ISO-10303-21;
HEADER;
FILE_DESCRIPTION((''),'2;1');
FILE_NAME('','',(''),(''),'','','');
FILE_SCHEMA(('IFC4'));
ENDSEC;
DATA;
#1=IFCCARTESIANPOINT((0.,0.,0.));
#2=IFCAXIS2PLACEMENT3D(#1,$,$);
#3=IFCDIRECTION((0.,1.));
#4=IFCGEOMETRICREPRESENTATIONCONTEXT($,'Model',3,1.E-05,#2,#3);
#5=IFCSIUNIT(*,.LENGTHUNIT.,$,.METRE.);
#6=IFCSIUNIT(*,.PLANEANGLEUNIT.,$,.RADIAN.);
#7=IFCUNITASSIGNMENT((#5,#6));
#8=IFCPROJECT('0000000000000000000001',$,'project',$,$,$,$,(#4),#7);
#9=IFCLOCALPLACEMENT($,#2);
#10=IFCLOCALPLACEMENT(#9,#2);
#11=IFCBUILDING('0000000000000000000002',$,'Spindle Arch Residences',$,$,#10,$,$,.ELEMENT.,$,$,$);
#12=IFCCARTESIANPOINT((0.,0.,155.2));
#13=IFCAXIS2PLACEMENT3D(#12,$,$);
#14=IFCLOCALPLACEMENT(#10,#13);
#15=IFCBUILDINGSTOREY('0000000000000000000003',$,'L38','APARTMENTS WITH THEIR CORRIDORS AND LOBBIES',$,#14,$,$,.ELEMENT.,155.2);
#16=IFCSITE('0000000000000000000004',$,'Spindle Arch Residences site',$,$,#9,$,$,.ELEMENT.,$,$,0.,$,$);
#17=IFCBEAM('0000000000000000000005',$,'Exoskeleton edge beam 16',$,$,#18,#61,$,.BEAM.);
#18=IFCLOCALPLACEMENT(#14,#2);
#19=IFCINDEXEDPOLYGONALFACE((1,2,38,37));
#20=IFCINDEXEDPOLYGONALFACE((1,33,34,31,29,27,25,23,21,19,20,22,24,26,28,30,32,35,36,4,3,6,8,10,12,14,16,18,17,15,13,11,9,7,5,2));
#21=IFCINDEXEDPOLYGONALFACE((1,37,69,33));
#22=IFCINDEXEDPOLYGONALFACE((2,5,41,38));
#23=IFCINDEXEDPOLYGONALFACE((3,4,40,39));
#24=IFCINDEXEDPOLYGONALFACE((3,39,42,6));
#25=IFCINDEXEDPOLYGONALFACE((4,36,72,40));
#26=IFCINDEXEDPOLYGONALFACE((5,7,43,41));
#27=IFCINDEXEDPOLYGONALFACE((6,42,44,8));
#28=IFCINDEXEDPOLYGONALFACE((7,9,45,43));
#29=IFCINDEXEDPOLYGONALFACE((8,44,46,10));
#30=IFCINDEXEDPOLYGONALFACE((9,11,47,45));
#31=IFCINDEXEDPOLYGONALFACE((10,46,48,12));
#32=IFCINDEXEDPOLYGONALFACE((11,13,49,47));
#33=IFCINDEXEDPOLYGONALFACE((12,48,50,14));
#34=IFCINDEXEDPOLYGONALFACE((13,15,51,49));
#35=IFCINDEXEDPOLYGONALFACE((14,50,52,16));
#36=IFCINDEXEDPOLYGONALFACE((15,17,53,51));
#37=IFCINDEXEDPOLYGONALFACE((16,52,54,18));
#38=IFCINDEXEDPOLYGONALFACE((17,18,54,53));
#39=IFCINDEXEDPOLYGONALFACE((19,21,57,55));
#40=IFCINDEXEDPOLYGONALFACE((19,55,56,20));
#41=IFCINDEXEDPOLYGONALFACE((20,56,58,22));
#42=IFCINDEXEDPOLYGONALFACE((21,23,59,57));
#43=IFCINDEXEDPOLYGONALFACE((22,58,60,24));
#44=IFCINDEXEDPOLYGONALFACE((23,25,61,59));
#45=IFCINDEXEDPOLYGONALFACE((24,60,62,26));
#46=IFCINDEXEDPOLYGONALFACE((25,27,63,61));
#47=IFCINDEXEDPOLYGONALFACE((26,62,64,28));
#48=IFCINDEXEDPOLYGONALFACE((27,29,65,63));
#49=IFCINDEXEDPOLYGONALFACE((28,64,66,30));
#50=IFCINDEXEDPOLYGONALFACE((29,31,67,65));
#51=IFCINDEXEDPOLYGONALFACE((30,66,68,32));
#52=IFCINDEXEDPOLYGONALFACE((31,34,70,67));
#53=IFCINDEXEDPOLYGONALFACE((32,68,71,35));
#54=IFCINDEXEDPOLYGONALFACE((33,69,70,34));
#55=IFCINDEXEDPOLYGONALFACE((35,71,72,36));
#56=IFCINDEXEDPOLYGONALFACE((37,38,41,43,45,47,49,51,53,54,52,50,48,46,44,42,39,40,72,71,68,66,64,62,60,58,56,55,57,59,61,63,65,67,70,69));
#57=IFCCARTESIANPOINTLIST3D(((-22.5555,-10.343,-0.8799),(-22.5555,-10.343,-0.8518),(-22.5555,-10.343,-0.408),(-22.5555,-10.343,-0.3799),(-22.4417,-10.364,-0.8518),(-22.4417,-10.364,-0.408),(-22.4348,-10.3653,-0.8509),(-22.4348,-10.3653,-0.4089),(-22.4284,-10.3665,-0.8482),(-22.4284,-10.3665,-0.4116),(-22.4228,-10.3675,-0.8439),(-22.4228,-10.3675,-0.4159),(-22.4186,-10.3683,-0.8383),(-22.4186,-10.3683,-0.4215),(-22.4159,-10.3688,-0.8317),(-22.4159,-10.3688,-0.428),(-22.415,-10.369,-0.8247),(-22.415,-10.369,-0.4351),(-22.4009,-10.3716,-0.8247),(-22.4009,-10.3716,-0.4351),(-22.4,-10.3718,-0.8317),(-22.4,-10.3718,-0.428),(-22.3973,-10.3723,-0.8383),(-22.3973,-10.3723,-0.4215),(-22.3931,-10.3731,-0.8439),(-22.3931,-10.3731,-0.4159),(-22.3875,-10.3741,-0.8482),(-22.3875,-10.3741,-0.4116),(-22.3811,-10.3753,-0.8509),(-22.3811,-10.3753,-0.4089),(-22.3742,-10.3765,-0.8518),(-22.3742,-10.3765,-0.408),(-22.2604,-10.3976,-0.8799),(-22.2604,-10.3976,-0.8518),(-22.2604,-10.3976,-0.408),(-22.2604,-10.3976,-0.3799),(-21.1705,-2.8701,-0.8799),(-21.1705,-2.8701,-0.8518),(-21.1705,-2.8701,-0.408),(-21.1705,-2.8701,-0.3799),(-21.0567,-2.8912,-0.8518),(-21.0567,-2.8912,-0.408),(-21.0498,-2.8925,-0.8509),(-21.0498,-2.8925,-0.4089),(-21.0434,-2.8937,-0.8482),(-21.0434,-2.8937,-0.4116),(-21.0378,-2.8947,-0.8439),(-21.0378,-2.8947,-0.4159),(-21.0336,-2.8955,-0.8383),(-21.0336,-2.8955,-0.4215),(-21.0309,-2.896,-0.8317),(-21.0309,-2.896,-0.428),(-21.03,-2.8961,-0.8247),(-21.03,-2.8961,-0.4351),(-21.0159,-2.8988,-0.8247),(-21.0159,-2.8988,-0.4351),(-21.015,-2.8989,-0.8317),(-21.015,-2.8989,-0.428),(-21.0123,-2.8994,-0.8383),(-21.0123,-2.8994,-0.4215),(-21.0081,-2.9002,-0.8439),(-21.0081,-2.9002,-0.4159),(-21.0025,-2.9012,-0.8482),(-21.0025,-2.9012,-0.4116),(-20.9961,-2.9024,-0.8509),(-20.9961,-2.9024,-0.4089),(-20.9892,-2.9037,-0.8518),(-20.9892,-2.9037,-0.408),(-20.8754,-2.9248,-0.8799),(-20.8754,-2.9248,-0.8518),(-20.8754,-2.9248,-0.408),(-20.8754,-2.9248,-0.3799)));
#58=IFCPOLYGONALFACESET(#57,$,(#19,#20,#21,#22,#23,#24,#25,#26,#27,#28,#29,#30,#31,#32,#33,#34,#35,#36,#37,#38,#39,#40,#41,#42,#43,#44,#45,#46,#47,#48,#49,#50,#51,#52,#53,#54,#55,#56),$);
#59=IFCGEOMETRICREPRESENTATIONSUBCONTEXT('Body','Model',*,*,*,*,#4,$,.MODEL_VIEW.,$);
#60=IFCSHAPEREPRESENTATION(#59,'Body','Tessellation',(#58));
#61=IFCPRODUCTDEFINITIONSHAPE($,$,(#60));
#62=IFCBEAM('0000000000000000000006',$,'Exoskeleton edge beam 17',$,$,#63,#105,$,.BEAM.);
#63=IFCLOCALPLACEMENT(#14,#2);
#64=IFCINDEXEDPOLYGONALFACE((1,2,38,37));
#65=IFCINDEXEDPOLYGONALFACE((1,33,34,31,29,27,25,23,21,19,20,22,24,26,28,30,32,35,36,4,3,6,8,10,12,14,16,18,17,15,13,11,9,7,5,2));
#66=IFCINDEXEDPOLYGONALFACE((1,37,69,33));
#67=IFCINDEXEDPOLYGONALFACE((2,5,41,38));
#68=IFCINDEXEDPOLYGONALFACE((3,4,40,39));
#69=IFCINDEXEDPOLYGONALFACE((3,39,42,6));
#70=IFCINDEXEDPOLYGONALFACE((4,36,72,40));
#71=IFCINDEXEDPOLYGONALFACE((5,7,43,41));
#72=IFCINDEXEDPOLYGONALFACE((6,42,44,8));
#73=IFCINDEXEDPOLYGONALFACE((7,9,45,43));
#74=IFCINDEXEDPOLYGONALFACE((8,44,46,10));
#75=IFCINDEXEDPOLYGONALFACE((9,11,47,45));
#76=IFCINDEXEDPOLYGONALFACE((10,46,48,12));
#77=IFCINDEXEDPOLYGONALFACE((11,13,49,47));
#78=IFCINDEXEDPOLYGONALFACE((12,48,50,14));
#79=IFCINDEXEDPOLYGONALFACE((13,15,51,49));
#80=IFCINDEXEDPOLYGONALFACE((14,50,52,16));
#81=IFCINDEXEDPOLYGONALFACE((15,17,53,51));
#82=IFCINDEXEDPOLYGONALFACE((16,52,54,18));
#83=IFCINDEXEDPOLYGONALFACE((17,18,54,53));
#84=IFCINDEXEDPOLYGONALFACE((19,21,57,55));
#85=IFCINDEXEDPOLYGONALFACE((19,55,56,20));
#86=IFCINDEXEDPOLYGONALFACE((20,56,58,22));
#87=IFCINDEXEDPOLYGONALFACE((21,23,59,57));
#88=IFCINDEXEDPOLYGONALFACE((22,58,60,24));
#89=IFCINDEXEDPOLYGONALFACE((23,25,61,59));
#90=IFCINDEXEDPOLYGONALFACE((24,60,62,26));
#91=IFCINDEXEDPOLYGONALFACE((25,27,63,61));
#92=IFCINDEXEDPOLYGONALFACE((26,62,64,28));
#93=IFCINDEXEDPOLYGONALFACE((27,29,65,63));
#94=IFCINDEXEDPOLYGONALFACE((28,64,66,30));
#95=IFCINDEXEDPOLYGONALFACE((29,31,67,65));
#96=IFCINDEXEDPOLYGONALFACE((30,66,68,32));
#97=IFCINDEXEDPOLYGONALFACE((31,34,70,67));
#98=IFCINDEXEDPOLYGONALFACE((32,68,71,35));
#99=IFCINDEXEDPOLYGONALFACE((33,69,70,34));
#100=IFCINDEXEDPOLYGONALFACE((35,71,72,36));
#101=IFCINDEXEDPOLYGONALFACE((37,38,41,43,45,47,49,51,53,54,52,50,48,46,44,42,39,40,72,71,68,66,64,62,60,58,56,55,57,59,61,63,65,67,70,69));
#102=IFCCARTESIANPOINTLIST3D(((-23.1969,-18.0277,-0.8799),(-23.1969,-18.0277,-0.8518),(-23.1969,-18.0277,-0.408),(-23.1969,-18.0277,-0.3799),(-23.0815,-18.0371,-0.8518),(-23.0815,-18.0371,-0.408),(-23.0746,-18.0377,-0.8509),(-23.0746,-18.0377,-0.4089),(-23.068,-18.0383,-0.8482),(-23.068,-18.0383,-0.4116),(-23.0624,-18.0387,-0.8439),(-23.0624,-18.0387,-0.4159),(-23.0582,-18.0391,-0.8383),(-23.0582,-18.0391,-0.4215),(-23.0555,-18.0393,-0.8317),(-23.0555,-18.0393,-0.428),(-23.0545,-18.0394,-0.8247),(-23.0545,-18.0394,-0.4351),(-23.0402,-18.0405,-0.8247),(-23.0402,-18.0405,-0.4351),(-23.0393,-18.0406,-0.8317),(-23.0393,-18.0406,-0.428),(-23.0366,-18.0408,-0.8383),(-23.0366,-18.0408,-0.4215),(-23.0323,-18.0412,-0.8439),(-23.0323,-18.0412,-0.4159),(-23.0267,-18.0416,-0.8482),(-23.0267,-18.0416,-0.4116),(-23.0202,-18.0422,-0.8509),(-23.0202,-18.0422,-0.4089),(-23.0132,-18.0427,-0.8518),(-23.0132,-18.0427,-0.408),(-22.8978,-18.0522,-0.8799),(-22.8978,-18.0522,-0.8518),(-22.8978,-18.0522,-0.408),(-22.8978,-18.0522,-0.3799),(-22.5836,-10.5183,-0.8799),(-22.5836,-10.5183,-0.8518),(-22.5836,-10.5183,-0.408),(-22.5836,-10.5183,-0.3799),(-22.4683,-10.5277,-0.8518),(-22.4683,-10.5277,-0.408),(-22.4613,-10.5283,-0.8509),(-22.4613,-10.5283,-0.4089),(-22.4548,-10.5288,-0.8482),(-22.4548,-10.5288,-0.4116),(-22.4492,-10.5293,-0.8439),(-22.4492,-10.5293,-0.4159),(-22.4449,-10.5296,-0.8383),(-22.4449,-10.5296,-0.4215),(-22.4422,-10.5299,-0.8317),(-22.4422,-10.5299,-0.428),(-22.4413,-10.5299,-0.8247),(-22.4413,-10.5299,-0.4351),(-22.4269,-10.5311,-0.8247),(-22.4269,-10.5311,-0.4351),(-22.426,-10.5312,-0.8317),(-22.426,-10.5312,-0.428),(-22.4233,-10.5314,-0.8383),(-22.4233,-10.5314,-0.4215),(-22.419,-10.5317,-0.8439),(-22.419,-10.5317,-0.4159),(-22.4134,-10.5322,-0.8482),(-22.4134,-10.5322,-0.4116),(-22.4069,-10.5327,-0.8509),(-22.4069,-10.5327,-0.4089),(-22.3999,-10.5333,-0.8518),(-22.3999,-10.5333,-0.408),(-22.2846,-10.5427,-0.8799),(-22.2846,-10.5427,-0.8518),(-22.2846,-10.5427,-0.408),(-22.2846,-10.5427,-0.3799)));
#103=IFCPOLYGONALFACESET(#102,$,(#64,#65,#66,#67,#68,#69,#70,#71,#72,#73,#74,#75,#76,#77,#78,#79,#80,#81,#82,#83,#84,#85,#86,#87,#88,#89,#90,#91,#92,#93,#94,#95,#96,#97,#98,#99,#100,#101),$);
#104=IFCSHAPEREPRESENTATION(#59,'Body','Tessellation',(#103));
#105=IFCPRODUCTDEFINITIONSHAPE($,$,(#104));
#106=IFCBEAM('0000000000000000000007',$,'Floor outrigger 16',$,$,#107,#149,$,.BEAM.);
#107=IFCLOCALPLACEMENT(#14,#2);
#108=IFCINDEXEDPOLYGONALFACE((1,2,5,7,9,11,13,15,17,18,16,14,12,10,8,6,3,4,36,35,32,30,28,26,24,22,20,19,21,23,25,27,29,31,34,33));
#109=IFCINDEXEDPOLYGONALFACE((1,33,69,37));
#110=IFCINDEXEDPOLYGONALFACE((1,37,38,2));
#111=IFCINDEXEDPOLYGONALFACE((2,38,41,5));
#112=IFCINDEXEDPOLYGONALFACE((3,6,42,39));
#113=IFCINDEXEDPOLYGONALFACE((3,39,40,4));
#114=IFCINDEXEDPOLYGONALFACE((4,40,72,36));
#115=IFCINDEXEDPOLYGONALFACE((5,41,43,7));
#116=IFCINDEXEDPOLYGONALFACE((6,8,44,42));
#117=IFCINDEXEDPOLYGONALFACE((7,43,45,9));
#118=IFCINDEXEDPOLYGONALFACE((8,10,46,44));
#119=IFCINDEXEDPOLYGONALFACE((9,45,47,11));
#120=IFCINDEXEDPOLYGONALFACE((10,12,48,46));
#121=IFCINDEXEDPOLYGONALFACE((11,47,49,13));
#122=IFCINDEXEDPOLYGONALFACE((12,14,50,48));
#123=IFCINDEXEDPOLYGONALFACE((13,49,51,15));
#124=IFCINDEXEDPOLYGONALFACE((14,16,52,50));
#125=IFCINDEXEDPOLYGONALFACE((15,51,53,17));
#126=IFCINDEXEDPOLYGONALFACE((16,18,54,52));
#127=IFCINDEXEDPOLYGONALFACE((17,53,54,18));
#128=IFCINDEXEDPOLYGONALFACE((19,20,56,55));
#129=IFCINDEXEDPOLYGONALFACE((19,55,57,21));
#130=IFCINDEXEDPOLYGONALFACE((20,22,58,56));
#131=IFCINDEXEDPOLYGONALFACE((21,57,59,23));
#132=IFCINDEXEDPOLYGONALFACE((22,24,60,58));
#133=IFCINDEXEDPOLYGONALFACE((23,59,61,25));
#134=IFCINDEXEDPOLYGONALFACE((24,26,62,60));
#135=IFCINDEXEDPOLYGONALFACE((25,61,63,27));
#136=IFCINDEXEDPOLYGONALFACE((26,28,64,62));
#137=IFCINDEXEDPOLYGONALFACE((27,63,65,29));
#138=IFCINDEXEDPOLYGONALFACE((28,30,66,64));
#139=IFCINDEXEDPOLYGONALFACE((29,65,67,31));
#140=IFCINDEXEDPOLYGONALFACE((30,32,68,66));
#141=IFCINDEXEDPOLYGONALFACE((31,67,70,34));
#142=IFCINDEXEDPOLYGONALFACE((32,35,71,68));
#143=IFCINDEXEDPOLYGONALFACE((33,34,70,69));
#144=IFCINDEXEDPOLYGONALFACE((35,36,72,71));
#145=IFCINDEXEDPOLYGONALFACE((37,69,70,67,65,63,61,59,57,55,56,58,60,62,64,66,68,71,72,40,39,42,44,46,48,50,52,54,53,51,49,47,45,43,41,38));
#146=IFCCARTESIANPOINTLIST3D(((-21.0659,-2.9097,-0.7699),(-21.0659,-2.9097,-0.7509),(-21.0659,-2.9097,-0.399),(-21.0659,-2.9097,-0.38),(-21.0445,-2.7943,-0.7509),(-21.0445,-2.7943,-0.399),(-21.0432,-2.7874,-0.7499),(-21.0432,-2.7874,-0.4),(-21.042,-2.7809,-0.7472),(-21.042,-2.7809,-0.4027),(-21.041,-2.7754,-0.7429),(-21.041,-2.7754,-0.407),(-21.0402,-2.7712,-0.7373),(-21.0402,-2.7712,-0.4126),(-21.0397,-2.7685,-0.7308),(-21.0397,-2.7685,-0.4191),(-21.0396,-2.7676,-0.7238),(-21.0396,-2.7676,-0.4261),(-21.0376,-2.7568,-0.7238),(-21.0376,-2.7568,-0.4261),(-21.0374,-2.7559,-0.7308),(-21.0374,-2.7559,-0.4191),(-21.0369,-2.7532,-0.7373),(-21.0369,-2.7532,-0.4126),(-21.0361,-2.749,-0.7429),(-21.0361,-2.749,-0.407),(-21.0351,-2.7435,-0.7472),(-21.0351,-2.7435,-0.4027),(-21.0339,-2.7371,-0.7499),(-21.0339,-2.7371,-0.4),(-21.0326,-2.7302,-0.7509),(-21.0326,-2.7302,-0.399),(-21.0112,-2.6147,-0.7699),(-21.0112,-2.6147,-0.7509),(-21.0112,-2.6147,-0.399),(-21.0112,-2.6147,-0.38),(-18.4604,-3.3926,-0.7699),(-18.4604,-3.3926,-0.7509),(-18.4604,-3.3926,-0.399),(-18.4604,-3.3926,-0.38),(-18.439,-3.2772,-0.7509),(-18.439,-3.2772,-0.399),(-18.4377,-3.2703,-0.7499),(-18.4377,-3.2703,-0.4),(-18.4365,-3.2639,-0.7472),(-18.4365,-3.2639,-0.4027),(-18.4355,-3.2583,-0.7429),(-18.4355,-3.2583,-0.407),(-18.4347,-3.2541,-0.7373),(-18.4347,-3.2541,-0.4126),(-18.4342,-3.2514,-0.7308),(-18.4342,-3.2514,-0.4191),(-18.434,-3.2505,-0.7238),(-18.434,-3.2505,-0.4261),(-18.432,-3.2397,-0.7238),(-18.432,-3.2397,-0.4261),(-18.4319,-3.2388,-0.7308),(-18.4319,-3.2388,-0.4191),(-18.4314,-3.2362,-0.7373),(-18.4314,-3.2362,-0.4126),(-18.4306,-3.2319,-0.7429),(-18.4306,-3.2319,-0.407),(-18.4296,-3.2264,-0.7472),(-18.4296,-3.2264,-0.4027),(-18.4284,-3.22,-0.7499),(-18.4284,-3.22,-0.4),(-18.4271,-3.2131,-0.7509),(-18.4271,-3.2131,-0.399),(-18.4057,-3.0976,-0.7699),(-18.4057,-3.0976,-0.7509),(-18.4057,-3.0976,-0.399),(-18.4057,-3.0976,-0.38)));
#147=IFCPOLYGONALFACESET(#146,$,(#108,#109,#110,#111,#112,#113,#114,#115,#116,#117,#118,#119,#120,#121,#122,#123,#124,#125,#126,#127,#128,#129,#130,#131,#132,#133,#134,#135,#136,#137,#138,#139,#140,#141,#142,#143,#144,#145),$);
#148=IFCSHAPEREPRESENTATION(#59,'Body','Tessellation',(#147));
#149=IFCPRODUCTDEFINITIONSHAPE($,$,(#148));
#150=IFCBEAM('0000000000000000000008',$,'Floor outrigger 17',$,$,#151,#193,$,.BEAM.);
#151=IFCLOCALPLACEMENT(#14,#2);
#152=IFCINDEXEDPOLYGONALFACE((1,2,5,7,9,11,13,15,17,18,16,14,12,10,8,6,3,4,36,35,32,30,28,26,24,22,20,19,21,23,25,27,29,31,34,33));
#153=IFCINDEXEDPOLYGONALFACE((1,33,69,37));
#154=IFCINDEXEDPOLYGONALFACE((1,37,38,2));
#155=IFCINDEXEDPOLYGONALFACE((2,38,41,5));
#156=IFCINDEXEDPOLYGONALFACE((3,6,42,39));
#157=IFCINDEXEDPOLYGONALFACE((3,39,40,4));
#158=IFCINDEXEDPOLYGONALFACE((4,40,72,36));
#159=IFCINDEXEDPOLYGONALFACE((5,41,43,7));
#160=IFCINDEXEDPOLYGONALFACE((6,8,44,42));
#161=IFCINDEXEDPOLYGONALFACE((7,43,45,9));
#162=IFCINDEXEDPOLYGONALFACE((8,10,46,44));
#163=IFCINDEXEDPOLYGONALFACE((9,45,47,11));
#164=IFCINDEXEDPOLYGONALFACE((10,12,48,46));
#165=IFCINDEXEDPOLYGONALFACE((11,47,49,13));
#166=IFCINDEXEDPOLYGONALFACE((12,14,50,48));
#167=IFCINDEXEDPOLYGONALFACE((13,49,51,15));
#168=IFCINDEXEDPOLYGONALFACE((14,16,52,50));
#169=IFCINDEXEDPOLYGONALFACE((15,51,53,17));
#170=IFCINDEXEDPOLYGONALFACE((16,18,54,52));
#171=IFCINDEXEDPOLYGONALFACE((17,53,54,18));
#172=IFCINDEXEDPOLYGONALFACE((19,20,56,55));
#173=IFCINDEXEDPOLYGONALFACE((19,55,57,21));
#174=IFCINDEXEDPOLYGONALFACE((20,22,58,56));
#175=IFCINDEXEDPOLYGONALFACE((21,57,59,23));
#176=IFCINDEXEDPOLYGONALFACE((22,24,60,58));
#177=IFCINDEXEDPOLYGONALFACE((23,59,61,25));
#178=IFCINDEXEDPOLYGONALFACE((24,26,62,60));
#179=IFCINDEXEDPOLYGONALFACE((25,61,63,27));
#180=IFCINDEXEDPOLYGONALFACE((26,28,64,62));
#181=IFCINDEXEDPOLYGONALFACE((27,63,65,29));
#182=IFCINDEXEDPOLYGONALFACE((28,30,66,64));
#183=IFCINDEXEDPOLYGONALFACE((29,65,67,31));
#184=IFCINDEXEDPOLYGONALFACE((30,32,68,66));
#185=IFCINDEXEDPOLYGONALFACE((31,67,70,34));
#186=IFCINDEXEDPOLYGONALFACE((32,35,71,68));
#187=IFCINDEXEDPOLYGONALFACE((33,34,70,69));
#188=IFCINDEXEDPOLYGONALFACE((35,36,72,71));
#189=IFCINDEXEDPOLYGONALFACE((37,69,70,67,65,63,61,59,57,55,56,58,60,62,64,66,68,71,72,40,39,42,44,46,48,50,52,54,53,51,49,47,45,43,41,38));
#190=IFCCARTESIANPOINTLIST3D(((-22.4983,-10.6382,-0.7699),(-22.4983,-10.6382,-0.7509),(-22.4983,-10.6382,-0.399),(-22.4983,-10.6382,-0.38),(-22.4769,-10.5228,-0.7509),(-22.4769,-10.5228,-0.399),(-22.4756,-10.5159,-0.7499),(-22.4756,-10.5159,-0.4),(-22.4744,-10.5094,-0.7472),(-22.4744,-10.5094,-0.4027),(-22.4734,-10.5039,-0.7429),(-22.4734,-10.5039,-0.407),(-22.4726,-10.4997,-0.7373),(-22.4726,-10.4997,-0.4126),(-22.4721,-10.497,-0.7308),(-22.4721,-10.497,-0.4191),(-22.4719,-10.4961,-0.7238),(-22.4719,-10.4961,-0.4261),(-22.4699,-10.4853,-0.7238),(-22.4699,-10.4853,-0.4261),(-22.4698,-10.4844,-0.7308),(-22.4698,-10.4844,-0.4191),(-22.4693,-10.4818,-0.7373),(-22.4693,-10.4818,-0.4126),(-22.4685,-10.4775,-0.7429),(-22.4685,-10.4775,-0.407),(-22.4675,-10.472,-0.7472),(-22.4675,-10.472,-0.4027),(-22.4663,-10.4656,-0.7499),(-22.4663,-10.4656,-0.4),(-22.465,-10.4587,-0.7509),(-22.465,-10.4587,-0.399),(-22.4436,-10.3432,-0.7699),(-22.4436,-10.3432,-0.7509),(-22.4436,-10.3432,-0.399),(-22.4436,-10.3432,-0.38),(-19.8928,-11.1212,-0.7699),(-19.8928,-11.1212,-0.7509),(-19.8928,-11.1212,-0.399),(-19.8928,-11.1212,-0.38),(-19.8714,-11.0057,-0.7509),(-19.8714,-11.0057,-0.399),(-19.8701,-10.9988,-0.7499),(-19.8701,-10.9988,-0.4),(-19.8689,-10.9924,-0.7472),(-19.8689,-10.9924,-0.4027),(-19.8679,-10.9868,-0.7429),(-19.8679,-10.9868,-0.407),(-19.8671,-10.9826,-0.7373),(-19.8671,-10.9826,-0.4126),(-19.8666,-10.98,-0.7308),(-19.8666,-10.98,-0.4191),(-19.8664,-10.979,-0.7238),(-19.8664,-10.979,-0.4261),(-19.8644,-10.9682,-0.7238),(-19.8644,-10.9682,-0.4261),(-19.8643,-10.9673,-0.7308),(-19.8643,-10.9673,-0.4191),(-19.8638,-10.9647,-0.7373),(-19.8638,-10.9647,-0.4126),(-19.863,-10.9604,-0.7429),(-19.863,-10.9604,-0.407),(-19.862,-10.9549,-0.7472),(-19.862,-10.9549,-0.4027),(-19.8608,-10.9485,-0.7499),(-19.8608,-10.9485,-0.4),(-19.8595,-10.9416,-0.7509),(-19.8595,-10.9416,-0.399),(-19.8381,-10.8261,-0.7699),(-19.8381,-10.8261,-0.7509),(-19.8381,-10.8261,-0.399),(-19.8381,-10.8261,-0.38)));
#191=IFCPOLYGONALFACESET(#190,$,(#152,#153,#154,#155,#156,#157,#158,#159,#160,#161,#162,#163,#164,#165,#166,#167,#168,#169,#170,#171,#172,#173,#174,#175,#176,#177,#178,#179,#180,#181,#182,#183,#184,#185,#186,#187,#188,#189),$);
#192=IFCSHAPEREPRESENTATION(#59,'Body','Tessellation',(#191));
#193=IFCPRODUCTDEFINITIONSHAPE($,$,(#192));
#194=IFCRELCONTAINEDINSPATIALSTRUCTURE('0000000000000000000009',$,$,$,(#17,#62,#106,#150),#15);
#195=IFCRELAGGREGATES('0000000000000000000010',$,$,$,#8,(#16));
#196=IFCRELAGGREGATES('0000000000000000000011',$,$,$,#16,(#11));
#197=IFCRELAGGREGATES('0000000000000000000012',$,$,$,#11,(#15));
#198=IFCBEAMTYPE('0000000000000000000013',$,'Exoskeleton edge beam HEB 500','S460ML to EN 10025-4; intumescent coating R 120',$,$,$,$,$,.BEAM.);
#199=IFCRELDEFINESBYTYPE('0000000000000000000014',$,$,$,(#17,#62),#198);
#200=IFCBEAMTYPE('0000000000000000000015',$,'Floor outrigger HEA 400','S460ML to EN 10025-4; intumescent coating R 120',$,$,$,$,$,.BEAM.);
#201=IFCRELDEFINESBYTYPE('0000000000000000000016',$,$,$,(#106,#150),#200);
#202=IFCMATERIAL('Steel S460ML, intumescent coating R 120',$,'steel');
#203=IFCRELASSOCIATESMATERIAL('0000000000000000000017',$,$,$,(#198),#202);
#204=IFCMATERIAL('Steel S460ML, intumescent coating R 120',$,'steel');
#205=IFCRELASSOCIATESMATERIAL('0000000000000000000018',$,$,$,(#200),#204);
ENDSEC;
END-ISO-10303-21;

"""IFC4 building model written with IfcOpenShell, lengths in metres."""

from ifc_helpers import new_model, si_unit, direction, frame, origin, origin_2d, place, context, subcontext, project, spatial, i_section, extrude, material, material_profile, profile_set, type_object, element, save


model = new_model("IFC4")

# Units and contexts
model_context = context("Model", 3, precision=1e-05, world=origin(), true_north=direction((0.0, 1.0)))
body_context = subcontext(model_context, "Body", "Model", "MODEL_VIEW")
ifc_project = project(units=[si_unit("LENGTHUNIT", "METRE"), si_unit("PLANEANGLEUNIT", "RADIAN")], contexts=[model_context])

# Site, building, storey
site_placement = place(None, origin())
site = spatial("IfcSite", under=ifc_project, at=site_placement, Name="Spindle Arch Residences site", CompositionType="ELEMENT", RefElevation=0.0)
building_placement = place(site_placement, origin())
building = spatial("IfcBuilding", under=site, at=building_placement, Name="Spindle Arch Residences", CompositionType="ELEMENT")
storey_placement = place(building_placement, frame((0.0, 0.0, 155.2)))
storey = spatial("IfcBuildingStorey", under=building, at=storey_placement, Name="L38", Description="APARTMENTS WITH THEIR CORRIDORS AND LOBBIES", CompositionType="ELEMENT", Elevation=155.2)

# Beams
ifc_material_1 = material(Name="Steel S460ML, intumescent coating R 120", Category="steel")
ifc_material_profile_1 = material_profile(ifc_material_1, i_section(OverallWidth=0.3, OverallDepth=0.5, WebThickness=0.0144, FlangeThickness=0.0281, FilletRadius=0.0271, at=origin_2d()), Name="HEB 500")
ifc_profile_set_1 = profile_set([ifc_material_profile_1], Name="Steel S460ML, intumescent coating R 120")
beam_type_1 = type_object("IfcBeamType", Name="Exoskeleton edge beam HEB 500", Description="S460ML to EN 10025-4; intumescent coating R 120", PredefinedType="BEAM", material=ifc_profile_set_1)
beam_1_placement = place(storey_placement, frame((-21.0229, -2.8975, -0.6299), z_axis=(-0.182234, -0.983255, 0.0), x_axis=(0.983255, -0.182234, 0.0)))
element("IfcBeam", 1, at=beam_1_placement, inside=storey, type_object=beam_type_1, Name="Exoskeleton edge beam 16", PredefinedType="BEAM", context=body_context, shape_type="SweptSolid", body=[
    extrude(i_section(OverallWidth=0.3, OverallDepth=0.5, WebThickness=0.0144, FlangeThickness=0.0281, FilletRadius=0.0271, at=origin_2d()), origin(), (0.0, 0.0, 1.0), 7.6001),
])
beam_2_placement = place(storey_placement, frame((-22.4341, -10.5305, -0.6299), z_axis=(-0.081396, -0.996682, 0.0), x_axis=(0.996682, -0.081396, 0.0)))
element("IfcBeam", 2, at=beam_2_placement, inside=storey, type_object=beam_type_1, Name="Exoskeleton edge beam 17", PredefinedType="BEAM", context=body_context, shape_type="SweptSolid", body=[
    extrude(i_section(OverallWidth=0.3, OverallDepth=0.5, WebThickness=0.0144, FlangeThickness=0.0281, FilletRadius=0.0271, at=origin_2d()), origin(), (0.0, 0.0, 1.0), 7.5344),
])
ifc_material_2 = material(Name="Steel S460ML, intumescent coating R 120", Category="steel")
ifc_material_profile_2 = material_profile(ifc_material_2, i_section(OverallWidth=0.3, OverallDepth=0.3899, WebThickness=0.011, FlangeThickness=0.019, FilletRadius=0.0271, at=origin_2d()), Name="HEA 400")
ifc_profile_set_2 = profile_set([ifc_material_profile_2], Name="Steel S460ML, intumescent coating R 120")
beam_type_2 = type_object("IfcBeamType", Name="Floor outrigger HEA 400", Description="S460ML to EN 10025-4; intumescent coating R 120", PredefinedType="BEAM", material=ifc_profile_set_2)
for number, where, z_axis, x_axis, name in (
    (3, (-21.0386, -2.7622, -0.575), (0.983254, -0.182241, 0.0), (0.182241, 0.983254, 0.0), "Floor outrigger 16"),
    (4, (-22.4709, -10.4907, -0.575), (0.983254, -0.182241, 0.0), (0.182241, 0.983254, 0.0), "Floor outrigger 17"),
):
    element("IfcBeam", number, at=place(storey_placement, frame(where, z_axis=z_axis, x_axis=x_axis)), inside=storey, type_object=beam_type_2, Name=name, PredefinedType="BEAM", context=body_context, shape_type="SweptSolid", body=[
        extrude(i_section(OverallWidth=0.3, OverallDepth=0.3899, WebThickness=0.011, FlangeThickness=0.019, FilletRadius=0.0271, at=origin_2d()), origin(), (0.0, 0.0, 1.0), 2.6499),
    ])

save(model, "model.ifc")
